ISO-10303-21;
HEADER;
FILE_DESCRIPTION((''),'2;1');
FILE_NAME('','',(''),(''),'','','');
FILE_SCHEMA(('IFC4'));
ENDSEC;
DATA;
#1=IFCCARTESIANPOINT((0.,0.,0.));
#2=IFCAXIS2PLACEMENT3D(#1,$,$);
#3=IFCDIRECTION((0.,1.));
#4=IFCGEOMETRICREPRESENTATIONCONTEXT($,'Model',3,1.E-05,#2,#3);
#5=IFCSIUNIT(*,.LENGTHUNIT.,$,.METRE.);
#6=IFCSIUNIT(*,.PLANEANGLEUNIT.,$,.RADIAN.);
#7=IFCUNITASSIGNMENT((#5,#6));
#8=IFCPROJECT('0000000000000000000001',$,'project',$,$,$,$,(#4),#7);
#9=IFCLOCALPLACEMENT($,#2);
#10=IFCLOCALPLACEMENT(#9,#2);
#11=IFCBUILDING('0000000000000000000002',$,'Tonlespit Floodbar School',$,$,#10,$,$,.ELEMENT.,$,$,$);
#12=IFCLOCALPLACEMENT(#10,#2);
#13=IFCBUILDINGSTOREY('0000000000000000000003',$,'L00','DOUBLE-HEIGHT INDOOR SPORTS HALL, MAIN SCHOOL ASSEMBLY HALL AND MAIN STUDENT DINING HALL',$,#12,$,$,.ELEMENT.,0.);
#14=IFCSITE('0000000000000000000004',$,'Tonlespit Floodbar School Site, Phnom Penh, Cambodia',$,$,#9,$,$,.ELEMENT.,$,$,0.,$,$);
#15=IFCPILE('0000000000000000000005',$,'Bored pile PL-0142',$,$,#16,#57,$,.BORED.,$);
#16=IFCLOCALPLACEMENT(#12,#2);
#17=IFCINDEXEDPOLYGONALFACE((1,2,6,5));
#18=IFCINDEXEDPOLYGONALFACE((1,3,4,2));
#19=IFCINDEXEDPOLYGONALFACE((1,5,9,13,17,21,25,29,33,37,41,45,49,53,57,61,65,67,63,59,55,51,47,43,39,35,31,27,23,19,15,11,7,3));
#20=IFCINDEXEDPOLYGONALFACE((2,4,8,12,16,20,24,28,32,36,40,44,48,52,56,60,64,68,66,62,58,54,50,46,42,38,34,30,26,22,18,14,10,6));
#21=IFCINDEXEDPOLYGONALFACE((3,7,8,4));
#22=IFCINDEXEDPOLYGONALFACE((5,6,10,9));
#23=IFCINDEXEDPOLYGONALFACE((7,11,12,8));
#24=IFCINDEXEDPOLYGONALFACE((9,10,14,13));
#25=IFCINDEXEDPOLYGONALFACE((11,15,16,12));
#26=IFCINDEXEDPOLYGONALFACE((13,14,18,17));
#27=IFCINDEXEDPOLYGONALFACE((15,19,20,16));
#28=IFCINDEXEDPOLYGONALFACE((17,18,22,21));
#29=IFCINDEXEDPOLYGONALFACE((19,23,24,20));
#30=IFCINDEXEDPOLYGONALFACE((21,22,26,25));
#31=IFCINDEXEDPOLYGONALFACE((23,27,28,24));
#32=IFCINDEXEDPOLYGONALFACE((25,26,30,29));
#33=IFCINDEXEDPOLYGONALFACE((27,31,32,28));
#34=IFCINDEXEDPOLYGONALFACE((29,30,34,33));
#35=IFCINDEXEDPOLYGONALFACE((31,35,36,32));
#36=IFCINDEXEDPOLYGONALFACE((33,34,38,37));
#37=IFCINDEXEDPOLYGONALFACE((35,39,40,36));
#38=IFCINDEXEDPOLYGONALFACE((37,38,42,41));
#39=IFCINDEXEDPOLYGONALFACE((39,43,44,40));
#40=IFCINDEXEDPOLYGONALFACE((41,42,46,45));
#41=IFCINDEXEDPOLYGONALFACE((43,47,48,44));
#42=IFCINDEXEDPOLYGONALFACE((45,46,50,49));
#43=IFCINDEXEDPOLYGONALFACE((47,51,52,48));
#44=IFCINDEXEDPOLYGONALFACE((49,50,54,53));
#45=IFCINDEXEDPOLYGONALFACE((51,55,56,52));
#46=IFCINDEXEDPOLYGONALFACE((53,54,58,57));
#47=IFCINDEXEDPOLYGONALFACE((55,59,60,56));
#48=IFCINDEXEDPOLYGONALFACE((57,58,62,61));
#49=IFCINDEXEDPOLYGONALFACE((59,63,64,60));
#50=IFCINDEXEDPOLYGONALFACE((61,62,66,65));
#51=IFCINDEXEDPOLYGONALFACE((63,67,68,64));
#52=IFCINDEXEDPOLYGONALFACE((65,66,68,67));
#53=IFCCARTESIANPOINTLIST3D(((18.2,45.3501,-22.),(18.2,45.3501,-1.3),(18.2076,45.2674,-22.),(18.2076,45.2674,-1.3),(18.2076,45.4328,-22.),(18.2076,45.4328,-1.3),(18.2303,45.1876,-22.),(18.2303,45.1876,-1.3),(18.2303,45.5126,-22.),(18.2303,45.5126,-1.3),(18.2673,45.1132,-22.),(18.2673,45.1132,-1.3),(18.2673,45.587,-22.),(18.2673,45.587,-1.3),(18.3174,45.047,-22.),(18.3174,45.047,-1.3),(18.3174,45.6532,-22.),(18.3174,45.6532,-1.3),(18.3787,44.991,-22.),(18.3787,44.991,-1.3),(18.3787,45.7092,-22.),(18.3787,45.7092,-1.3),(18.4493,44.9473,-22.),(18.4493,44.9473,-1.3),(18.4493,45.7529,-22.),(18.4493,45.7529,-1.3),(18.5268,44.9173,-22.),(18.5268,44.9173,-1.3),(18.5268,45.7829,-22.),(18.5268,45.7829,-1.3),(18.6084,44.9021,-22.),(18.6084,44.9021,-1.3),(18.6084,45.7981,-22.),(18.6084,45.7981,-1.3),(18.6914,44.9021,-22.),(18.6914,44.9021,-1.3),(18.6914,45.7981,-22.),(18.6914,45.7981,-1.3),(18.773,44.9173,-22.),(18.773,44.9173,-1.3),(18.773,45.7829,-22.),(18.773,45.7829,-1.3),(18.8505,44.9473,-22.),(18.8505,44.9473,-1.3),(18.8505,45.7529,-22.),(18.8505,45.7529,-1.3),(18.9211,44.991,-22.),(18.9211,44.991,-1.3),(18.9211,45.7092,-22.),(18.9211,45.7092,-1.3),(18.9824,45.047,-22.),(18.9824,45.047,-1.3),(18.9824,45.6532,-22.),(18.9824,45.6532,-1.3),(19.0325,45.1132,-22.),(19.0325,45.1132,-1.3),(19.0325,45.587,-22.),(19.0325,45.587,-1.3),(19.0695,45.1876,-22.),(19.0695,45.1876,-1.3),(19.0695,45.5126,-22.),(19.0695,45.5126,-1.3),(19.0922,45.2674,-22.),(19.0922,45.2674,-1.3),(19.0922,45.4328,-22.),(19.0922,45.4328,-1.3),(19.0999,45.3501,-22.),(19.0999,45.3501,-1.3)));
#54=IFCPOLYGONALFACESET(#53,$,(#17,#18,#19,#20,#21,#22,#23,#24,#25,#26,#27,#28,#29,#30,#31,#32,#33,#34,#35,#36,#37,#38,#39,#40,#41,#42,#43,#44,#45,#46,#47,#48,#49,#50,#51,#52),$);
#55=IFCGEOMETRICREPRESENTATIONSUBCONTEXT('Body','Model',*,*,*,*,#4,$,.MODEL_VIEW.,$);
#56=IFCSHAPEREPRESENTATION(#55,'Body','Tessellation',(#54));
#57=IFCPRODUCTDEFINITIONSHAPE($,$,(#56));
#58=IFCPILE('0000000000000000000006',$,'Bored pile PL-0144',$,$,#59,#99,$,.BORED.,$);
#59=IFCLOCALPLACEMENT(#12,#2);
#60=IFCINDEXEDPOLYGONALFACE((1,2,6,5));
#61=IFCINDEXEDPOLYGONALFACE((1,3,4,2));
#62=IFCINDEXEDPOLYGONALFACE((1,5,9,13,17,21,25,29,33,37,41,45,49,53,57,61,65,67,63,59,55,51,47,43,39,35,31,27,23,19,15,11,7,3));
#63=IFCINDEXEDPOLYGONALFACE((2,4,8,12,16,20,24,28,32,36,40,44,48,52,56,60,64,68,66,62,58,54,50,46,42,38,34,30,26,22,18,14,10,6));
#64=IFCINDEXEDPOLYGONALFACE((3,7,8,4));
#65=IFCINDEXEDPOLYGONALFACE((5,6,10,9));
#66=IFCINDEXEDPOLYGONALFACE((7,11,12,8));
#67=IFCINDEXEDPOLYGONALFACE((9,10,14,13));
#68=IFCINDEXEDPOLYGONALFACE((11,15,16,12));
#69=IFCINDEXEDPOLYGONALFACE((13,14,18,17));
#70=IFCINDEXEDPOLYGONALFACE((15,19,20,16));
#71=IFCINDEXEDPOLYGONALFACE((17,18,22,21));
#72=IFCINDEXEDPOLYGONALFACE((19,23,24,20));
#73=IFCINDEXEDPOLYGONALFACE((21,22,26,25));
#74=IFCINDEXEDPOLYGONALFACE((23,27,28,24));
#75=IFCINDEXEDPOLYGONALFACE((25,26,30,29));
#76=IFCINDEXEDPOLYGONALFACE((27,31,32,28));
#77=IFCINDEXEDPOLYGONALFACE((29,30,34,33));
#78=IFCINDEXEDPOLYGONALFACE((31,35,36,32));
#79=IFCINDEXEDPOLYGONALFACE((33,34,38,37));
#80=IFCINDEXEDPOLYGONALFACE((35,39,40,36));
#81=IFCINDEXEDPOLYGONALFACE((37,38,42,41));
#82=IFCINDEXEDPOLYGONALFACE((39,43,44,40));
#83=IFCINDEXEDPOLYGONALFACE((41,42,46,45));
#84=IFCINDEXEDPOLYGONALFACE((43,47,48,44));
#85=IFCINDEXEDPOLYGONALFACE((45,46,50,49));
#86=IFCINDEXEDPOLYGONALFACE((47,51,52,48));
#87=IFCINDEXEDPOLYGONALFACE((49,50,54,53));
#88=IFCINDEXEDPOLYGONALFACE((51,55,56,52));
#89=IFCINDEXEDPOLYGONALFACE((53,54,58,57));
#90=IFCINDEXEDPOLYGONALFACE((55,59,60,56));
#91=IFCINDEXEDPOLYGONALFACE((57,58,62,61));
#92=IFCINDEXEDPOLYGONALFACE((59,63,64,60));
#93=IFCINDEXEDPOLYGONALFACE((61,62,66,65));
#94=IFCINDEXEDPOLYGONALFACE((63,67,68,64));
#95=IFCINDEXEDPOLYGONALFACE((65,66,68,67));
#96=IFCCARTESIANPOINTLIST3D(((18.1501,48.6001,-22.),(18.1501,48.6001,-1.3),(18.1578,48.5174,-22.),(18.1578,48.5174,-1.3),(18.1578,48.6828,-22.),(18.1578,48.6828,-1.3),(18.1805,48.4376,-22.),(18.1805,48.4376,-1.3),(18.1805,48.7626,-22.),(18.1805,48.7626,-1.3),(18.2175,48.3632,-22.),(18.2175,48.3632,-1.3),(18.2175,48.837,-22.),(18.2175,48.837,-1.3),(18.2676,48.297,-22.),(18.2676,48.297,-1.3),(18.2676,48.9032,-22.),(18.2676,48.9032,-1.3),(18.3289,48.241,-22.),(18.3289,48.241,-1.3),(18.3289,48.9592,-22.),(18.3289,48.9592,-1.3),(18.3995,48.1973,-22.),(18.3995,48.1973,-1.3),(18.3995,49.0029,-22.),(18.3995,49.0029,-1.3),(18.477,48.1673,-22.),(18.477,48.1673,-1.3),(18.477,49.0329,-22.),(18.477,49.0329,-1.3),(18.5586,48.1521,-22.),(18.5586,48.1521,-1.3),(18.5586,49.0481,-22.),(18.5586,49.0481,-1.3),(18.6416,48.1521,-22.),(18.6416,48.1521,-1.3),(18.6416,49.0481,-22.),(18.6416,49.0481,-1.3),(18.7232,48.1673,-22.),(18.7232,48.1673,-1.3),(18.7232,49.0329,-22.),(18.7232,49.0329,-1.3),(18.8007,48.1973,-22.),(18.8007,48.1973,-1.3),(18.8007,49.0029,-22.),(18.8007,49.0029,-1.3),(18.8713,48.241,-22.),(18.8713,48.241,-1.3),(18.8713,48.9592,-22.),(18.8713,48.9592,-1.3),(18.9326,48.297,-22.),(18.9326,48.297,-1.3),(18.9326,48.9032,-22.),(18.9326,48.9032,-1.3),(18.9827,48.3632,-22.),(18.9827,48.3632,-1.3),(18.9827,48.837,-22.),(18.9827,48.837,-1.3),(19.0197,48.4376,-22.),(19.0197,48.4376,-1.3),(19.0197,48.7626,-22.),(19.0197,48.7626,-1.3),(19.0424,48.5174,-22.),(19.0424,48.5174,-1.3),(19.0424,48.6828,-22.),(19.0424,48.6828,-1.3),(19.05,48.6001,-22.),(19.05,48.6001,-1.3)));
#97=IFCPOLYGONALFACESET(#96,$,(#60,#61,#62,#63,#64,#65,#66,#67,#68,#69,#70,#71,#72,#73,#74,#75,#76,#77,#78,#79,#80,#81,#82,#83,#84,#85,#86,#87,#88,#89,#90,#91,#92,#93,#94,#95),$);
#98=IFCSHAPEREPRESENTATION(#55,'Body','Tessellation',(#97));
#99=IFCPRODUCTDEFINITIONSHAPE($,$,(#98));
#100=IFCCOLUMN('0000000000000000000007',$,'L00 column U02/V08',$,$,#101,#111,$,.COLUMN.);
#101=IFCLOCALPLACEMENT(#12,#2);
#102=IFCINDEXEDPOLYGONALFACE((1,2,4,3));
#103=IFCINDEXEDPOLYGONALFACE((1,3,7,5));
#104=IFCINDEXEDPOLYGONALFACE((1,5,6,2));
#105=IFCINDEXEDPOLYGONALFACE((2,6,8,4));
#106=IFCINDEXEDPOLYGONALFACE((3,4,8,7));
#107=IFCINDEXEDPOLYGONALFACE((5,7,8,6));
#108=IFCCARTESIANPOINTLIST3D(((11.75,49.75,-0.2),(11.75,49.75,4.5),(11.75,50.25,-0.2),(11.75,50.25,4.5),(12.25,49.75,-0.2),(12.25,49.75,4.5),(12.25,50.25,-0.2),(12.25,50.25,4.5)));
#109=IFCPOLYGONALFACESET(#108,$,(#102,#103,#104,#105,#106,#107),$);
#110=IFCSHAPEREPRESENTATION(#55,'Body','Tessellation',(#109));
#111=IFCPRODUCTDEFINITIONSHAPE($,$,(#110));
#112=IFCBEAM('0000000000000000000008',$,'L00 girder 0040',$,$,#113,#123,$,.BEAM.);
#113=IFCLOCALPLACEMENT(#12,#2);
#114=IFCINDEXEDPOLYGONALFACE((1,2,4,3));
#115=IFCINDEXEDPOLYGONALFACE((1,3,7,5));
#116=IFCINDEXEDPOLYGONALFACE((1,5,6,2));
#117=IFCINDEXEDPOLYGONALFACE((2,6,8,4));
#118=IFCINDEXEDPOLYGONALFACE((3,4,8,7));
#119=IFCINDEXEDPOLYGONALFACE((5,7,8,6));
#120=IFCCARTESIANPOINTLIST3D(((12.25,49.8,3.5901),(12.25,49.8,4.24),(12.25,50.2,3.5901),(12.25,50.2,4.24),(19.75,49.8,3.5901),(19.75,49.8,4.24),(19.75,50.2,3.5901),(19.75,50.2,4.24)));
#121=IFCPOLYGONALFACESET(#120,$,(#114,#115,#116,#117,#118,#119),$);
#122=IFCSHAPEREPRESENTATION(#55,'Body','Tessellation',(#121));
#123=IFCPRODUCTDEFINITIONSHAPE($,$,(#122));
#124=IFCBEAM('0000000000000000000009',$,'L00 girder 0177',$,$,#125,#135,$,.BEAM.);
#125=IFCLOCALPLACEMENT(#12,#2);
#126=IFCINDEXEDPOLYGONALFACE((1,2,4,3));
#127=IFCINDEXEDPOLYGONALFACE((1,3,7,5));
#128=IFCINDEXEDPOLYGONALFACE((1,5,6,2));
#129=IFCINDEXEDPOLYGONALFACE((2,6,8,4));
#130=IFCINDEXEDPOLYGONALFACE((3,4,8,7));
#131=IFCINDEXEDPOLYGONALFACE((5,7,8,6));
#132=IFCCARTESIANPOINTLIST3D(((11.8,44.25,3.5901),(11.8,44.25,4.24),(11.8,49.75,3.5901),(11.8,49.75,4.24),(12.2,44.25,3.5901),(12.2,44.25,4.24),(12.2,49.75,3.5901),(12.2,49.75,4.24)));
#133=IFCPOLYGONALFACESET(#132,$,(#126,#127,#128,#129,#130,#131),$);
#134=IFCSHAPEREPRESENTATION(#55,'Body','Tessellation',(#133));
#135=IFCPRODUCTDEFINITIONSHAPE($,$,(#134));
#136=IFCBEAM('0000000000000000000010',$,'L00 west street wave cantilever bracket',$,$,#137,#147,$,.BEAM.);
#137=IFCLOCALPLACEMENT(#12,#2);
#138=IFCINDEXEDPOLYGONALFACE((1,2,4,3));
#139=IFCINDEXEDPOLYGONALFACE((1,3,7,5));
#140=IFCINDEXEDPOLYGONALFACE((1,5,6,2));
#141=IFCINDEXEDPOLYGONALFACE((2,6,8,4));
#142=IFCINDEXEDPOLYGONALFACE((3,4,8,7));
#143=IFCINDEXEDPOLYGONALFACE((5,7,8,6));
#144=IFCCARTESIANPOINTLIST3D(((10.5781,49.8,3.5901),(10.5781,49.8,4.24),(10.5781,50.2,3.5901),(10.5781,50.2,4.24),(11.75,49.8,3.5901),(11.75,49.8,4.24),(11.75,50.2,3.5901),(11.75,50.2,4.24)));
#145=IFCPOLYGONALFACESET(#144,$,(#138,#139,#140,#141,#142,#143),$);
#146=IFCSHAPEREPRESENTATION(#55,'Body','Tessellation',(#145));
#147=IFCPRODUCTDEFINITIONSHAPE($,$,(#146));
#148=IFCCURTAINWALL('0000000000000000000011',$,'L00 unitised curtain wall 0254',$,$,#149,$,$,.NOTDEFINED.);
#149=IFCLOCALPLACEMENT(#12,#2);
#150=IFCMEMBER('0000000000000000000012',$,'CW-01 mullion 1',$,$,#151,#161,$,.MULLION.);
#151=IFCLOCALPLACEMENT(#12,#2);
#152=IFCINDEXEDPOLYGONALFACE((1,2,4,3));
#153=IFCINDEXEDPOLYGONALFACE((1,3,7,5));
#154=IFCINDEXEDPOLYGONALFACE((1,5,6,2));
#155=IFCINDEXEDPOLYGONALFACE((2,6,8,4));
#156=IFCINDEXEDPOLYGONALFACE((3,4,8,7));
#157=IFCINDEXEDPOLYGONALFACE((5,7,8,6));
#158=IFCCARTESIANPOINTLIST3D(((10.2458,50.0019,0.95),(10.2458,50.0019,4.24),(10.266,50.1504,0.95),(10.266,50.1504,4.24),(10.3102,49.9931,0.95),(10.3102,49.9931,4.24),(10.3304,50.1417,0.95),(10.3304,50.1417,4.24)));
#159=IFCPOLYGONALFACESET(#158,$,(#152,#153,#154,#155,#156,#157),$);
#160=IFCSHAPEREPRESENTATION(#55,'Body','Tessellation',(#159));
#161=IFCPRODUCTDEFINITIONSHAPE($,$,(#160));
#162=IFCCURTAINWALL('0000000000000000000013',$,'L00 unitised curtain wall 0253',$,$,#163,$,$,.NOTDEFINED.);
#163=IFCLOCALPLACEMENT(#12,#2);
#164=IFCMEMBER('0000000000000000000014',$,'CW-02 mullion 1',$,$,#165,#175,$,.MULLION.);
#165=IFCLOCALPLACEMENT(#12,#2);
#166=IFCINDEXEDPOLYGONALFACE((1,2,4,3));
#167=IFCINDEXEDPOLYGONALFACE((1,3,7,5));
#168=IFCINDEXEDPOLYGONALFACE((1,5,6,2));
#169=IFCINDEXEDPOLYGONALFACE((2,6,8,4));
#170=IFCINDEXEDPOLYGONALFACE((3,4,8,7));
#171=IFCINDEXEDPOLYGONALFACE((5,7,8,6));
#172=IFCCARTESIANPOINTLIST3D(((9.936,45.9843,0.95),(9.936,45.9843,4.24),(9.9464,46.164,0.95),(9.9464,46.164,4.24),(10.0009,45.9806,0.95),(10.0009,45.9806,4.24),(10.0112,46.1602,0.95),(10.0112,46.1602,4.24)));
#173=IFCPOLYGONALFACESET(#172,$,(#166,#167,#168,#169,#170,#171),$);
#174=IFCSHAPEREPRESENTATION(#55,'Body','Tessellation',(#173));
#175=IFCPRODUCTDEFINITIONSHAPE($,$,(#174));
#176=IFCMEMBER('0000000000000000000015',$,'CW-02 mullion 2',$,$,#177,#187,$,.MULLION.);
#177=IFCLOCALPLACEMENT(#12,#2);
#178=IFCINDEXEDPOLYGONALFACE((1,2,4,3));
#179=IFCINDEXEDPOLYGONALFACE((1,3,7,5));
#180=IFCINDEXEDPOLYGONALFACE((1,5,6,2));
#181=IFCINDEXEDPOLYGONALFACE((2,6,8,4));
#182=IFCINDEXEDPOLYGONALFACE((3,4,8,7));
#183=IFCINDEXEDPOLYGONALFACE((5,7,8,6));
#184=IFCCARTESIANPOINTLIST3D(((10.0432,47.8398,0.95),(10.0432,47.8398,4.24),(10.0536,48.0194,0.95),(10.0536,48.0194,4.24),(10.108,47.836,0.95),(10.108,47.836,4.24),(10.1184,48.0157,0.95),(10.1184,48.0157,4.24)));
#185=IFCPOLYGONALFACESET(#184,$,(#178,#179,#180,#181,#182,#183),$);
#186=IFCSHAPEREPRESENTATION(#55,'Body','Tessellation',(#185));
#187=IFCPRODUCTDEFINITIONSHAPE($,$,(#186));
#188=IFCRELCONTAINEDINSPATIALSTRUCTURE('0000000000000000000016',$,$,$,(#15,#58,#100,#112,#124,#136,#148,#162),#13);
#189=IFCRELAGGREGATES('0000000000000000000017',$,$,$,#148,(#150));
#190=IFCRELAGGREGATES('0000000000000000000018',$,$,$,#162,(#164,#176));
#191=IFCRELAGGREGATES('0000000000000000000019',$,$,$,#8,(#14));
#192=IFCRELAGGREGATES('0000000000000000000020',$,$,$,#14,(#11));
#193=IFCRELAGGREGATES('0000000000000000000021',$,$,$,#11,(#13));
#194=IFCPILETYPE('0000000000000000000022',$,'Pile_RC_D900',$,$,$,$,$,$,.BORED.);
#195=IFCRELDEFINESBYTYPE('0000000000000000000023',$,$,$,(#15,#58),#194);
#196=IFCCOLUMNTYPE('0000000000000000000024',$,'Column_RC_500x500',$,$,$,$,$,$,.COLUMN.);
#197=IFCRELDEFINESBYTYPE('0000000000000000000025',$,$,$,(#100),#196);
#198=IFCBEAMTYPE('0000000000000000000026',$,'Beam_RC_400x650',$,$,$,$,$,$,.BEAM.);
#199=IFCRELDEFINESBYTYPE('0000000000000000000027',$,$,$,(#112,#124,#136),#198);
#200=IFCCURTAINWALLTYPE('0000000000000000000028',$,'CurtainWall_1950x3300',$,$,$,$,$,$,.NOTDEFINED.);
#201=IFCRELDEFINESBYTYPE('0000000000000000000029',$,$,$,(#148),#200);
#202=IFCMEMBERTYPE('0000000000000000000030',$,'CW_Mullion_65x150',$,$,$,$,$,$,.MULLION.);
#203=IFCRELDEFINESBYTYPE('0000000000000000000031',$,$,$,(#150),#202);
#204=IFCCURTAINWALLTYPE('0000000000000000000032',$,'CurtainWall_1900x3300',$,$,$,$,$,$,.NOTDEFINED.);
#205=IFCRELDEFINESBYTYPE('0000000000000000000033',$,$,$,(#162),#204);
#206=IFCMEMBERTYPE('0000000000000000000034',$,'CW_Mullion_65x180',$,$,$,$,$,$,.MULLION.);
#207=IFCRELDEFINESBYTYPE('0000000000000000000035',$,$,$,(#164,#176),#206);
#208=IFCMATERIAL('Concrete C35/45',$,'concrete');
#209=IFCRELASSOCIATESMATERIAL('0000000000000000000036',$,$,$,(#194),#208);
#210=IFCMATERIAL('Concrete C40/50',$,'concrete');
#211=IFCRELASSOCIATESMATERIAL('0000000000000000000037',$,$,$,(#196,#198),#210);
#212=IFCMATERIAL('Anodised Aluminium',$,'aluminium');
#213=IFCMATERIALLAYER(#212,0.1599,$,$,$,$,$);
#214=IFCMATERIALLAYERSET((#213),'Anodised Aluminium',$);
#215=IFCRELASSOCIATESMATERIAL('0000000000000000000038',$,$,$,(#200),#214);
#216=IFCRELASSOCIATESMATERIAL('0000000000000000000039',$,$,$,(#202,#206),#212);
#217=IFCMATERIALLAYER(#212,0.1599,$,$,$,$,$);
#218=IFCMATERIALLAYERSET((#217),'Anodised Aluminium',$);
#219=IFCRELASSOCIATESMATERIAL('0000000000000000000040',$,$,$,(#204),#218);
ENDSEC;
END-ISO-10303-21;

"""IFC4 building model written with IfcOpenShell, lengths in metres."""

from ifc_helpers import new_model, si_unit, direction, frame, origin, origin_2d, place, context, subcontext, project, spatial, rectangle, circle, extrude, material, layer, layer_set, material_profile, profile_set, type_object, element, aggregate, save


model = new_model("IFC4")

# Units and contexts
model_context = context("Model", 3, precision=1e-05, world=origin(), true_north=direction((0.0, 1.0)))
body_context = subcontext(model_context, "Body", "Model", "MODEL_VIEW")
ifc_project = project(units=[si_unit("LENGTHUNIT", "METRE"), si_unit("PLANEANGLEUNIT", "RADIAN")], contexts=[model_context])

# Site, building, storey
site_placement = place(None, origin())
site = spatial("IfcSite", under=ifc_project, at=site_placement, Name="Tonlespit Floodbar School Site, Phnom Penh, Cambodia", CompositionType="ELEMENT", RefElevation=0.0)
building_placement = place(site_placement, origin())
building = spatial("IfcBuilding", under=site, at=building_placement, Name="Tonlespit Floodbar School", CompositionType="ELEMENT")
storey_placement = place(building_placement, origin())
storey = spatial("IfcBuildingStorey", under=building, at=storey_placement, Name="L00", Description="DOUBLE-HEIGHT INDOOR SPORTS HALL, MAIN SCHOOL ASSEMBLY HALL AND MAIN STUDENT DINING HALL", CompositionType="ELEMENT", Elevation=0.0)

# Shared definitions
ifc_material_1 = material(Name="Concrete C40/50", Category="concrete")

# Piles
ifc_material_2 = material(Name="Concrete C35/45", Category="concrete")
ifc_material_profile_1 = material_profile(ifc_material_2, circle(Radius=0.45, at=origin_2d()), Name="BP D900")
ifc_profile_set_1 = profile_set([ifc_material_profile_1], Name="Concrete C35/45")
pile_type = type_object("IfcPileType", Name="Pile_RC_D900", PredefinedType="BORED", material=ifc_profile_set_1)
for number, where, z_axis, x_axis, name in (
    (1, (18.6499, 45.3501, -1.3), (0.0, 0.0, -1.0), (1.0, 0.0, 0.0), "Bored pile PL-0142"),
    (2, (18.6001, 48.6001, -1.3), (0.0, 0.0, -1.0), (1.0, 0.0, 0.0), "Bored pile PL-0144"),
):
    element("IfcPile", number, at=place(storey_placement, frame(where, z_axis=z_axis, x_axis=x_axis)), inside=storey, type_object=pile_type, Name=name, PredefinedType="BORED", context=body_context, shape_type="SweptSolid", body=[
        extrude(circle(Radius=0.45, at=origin_2d()), origin(), (0.0, 0.0, 1.0), 20.7),
    ])

# Column
ifc_material_profile_2 = material_profile(ifc_material_1, rectangle(XDim=0.5, YDim=0.5, at=origin_2d()), Name="RC 500x500")
ifc_profile_set_2 = profile_set([ifc_material_profile_2], Name="Concrete C40/50")
column_type = type_object("IfcColumnType", Name="Column_RC_500x500", PredefinedType="COLUMN", material=ifc_profile_set_2)
column_placement = place(storey_placement, frame((12.0, 50.0, -0.2), z_axis=(0.0, 0.0, 1.0), x_axis=(1.0, 0.0, 0.0)))
element("IfcColumn", 3, at=column_placement, inside=storey, type_object=column_type, Name="L00 column U02/V08", PredefinedType="COLUMN", context=body_context, shape_type="SweptSolid", body=[
    extrude(rectangle(XDim=0.5, YDim=0.5, at=origin_2d()), origin(), (0.0, 0.0, 1.0), 4.7),
])

# Beams
ifc_material_profile_3 = material_profile(ifc_material_1, rectangle(XDim=0.3999, YDim=0.6499, at=origin_2d()), Name="RC 400x650")
ifc_profile_set_3 = profile_set([ifc_material_profile_3], Name="Concrete C40/50")
beam_type_1 = type_object("IfcBeamType", Name="Beam_RC_400x650", PredefinedType="BEAM", material=ifc_profile_set_3)
beam_1_placement = place(storey_placement, frame((12.25, 50.0, 3.915), z_axis=(1.0, 0.0, 0.0), x_axis=(0.0, 1.0, 0.0)))
element("IfcBeam", 4, at=beam_1_placement, inside=storey, type_object=beam_type_1, Name="L00 girder 0040", PredefinedType="BEAM", context=body_context, shape_type="SweptSolid", body=[
    extrude(rectangle(XDim=0.3999, YDim=0.6499, at=origin_2d()), origin(), (0.0, 0.0, 1.0), 7.5),
])
beam_2_placement = place(storey_placement, frame((12.0, 44.25, 3.915), z_axis=(0.0, 1.0, 0.0), x_axis=(-1.0, 0.0, 0.0)))
element("IfcBeam", 5, at=beam_2_placement, inside=storey, type_object=beam_type_1, Name="L00 girder 0177", PredefinedType="BEAM", context=body_context, shape_type="SweptSolid", body=[
    extrude(rectangle(XDim=0.3999, YDim=0.6499, at=origin_2d()), origin(), (0.0, 0.0, 1.0), 5.5),
])
beam_3_placement = place(storey_placement, frame((11.75, 50.0, 3.915), z_axis=(-1.0, 0.0, 0.0), x_axis=(0.0, -1.0, 0.0)))
element("IfcBeam", 6, at=beam_3_placement, inside=storey, type_object=beam_type_1, Name="L00 west street wave cantilever bracket", PredefinedType="BEAM", context=body_context, shape_type="SweptSolid", body=[
    extrude(rectangle(XDim=0.3999, YDim=0.6499, at=origin_2d()), origin(), (0.0, 0.0, 1.0), 1.1719),
])

# Curtain wall, member
ifc_material_3 = material(Name="Anodised Aluminium", Category="aluminium")
ifc_layer_1 = layer(ifc_material_3, 0.1599)
ifc_layer_set_1 = layer_set([ifc_layer_1], Name="Anodised Aluminium")
curtain_wall_type_1 = type_object("IfcCurtainWallType", Name="CurtainWall_1950x3300", PredefinedType="NOTDEFINED", material=ifc_layer_set_1)
curtain_wall_1_placement = place(storey_placement, origin())
curtain_wall_1 = element("IfcCurtainWall", 7, at=curtain_wall_1_placement, inside=storey, type_object=curtain_wall_type_1, Name="L00 unitised curtain wall 0254", PredefinedType="NOTDEFINED")
ifc_material_profile_4 = material_profile(ifc_material_3, rectangle(XDim=0.0649, YDim=0.1499, at=origin_2d()), Name="ALU M65x150")
ifc_profile_set_4 = profile_set([ifc_material_profile_4], Name="Anodised Aluminium")
member_type_1 = type_object("IfcMemberType", Name="CW_Mullion_65x150", PredefinedType="MULLION", material=ifc_profile_set_4)
member_1_placement = place(storey_placement, frame((10.2881, 50.0718, 0.95), z_axis=(0.0, 0.0, 1.0), x_axis=(-0.990894, 0.134644, 0.0)))
member_1 = element("IfcMember", 8, at=member_1_placement, type_object=member_type_1, Name="CW-01 mullion 1", PredefinedType="MULLION", context=body_context, shape_type="SweptSolid", body=[
    extrude(rectangle(XDim=0.0649, YDim=0.1499, at=origin_2d()), origin(), (0.0, 0.0, 1.0), 3.29),
])

# Curtain wall, members
ifc_layer_2 = layer(ifc_material_3, 0.1599)
ifc_layer_set_2 = layer_set([ifc_layer_2], Name="Anodised Aluminium")
curtain_wall_type_2 = type_object("IfcCurtainWallType", Name="CurtainWall_1900x3300", PredefinedType="NOTDEFINED", material=ifc_layer_set_2)
curtain_wall_2_placement = place(storey_placement, origin())
curtain_wall_2 = element("IfcCurtainWall", 9, at=curtain_wall_2_placement, inside=storey, type_object=curtain_wall_type_2, Name="L00 unitised curtain wall 0253", PredefinedType="NOTDEFINED")
ifc_material_profile_5 = material_profile(ifc_material_3, rectangle(XDim=0.0649, YDim=0.1799, at=origin_2d()), Name="ALU M65x180")
ifc_profile_set_5 = profile_set([ifc_material_profile_5], Name="Anodised Aluminium")
member_type_2 = type_object("IfcMemberType", Name="CW_Mullion_65x180", PredefinedType="MULLION", material=ifc_profile_set_5)
member_2_placement = place(storey_placement, frame((9.9736, 46.0723, 0.95), z_axis=(0.0, 0.0, 1.0), x_axis=(-0.998333, 0.05771, 0.0)))
member_2 = element("IfcMember", 10, at=member_2_placement, type_object=member_type_2, Name="CW-02 mullion 1", PredefinedType="MULLION", context=body_context, shape_type="SweptSolid", body=[
    extrude(rectangle(XDim=0.0649, YDim=0.1799, at=origin_2d()), origin(), (0.0, 0.0, 1.0), 3.29),
])
member_3_placement = place(storey_placement, frame((10.0808, 47.9277, 0.95), z_axis=(0.0, 0.0, 1.0), x_axis=(-0.998333, 0.05771, 0.0)))
member_3 = element("IfcMember", 11, at=member_3_placement, type_object=member_type_2, Name="CW-02 mullion 2", PredefinedType="MULLION", context=body_context, shape_type="SweptSolid", body=[
    extrude(rectangle(XDim=0.0649, YDim=0.1799, at=origin_2d()), origin(), (0.0, 0.0, 1.0), 3.29),
])

aggregate(curtain_wall_1, [member_1])

aggregate(curtain_wall_2, [member_2, member_3])

save(model, "model.ifc")
